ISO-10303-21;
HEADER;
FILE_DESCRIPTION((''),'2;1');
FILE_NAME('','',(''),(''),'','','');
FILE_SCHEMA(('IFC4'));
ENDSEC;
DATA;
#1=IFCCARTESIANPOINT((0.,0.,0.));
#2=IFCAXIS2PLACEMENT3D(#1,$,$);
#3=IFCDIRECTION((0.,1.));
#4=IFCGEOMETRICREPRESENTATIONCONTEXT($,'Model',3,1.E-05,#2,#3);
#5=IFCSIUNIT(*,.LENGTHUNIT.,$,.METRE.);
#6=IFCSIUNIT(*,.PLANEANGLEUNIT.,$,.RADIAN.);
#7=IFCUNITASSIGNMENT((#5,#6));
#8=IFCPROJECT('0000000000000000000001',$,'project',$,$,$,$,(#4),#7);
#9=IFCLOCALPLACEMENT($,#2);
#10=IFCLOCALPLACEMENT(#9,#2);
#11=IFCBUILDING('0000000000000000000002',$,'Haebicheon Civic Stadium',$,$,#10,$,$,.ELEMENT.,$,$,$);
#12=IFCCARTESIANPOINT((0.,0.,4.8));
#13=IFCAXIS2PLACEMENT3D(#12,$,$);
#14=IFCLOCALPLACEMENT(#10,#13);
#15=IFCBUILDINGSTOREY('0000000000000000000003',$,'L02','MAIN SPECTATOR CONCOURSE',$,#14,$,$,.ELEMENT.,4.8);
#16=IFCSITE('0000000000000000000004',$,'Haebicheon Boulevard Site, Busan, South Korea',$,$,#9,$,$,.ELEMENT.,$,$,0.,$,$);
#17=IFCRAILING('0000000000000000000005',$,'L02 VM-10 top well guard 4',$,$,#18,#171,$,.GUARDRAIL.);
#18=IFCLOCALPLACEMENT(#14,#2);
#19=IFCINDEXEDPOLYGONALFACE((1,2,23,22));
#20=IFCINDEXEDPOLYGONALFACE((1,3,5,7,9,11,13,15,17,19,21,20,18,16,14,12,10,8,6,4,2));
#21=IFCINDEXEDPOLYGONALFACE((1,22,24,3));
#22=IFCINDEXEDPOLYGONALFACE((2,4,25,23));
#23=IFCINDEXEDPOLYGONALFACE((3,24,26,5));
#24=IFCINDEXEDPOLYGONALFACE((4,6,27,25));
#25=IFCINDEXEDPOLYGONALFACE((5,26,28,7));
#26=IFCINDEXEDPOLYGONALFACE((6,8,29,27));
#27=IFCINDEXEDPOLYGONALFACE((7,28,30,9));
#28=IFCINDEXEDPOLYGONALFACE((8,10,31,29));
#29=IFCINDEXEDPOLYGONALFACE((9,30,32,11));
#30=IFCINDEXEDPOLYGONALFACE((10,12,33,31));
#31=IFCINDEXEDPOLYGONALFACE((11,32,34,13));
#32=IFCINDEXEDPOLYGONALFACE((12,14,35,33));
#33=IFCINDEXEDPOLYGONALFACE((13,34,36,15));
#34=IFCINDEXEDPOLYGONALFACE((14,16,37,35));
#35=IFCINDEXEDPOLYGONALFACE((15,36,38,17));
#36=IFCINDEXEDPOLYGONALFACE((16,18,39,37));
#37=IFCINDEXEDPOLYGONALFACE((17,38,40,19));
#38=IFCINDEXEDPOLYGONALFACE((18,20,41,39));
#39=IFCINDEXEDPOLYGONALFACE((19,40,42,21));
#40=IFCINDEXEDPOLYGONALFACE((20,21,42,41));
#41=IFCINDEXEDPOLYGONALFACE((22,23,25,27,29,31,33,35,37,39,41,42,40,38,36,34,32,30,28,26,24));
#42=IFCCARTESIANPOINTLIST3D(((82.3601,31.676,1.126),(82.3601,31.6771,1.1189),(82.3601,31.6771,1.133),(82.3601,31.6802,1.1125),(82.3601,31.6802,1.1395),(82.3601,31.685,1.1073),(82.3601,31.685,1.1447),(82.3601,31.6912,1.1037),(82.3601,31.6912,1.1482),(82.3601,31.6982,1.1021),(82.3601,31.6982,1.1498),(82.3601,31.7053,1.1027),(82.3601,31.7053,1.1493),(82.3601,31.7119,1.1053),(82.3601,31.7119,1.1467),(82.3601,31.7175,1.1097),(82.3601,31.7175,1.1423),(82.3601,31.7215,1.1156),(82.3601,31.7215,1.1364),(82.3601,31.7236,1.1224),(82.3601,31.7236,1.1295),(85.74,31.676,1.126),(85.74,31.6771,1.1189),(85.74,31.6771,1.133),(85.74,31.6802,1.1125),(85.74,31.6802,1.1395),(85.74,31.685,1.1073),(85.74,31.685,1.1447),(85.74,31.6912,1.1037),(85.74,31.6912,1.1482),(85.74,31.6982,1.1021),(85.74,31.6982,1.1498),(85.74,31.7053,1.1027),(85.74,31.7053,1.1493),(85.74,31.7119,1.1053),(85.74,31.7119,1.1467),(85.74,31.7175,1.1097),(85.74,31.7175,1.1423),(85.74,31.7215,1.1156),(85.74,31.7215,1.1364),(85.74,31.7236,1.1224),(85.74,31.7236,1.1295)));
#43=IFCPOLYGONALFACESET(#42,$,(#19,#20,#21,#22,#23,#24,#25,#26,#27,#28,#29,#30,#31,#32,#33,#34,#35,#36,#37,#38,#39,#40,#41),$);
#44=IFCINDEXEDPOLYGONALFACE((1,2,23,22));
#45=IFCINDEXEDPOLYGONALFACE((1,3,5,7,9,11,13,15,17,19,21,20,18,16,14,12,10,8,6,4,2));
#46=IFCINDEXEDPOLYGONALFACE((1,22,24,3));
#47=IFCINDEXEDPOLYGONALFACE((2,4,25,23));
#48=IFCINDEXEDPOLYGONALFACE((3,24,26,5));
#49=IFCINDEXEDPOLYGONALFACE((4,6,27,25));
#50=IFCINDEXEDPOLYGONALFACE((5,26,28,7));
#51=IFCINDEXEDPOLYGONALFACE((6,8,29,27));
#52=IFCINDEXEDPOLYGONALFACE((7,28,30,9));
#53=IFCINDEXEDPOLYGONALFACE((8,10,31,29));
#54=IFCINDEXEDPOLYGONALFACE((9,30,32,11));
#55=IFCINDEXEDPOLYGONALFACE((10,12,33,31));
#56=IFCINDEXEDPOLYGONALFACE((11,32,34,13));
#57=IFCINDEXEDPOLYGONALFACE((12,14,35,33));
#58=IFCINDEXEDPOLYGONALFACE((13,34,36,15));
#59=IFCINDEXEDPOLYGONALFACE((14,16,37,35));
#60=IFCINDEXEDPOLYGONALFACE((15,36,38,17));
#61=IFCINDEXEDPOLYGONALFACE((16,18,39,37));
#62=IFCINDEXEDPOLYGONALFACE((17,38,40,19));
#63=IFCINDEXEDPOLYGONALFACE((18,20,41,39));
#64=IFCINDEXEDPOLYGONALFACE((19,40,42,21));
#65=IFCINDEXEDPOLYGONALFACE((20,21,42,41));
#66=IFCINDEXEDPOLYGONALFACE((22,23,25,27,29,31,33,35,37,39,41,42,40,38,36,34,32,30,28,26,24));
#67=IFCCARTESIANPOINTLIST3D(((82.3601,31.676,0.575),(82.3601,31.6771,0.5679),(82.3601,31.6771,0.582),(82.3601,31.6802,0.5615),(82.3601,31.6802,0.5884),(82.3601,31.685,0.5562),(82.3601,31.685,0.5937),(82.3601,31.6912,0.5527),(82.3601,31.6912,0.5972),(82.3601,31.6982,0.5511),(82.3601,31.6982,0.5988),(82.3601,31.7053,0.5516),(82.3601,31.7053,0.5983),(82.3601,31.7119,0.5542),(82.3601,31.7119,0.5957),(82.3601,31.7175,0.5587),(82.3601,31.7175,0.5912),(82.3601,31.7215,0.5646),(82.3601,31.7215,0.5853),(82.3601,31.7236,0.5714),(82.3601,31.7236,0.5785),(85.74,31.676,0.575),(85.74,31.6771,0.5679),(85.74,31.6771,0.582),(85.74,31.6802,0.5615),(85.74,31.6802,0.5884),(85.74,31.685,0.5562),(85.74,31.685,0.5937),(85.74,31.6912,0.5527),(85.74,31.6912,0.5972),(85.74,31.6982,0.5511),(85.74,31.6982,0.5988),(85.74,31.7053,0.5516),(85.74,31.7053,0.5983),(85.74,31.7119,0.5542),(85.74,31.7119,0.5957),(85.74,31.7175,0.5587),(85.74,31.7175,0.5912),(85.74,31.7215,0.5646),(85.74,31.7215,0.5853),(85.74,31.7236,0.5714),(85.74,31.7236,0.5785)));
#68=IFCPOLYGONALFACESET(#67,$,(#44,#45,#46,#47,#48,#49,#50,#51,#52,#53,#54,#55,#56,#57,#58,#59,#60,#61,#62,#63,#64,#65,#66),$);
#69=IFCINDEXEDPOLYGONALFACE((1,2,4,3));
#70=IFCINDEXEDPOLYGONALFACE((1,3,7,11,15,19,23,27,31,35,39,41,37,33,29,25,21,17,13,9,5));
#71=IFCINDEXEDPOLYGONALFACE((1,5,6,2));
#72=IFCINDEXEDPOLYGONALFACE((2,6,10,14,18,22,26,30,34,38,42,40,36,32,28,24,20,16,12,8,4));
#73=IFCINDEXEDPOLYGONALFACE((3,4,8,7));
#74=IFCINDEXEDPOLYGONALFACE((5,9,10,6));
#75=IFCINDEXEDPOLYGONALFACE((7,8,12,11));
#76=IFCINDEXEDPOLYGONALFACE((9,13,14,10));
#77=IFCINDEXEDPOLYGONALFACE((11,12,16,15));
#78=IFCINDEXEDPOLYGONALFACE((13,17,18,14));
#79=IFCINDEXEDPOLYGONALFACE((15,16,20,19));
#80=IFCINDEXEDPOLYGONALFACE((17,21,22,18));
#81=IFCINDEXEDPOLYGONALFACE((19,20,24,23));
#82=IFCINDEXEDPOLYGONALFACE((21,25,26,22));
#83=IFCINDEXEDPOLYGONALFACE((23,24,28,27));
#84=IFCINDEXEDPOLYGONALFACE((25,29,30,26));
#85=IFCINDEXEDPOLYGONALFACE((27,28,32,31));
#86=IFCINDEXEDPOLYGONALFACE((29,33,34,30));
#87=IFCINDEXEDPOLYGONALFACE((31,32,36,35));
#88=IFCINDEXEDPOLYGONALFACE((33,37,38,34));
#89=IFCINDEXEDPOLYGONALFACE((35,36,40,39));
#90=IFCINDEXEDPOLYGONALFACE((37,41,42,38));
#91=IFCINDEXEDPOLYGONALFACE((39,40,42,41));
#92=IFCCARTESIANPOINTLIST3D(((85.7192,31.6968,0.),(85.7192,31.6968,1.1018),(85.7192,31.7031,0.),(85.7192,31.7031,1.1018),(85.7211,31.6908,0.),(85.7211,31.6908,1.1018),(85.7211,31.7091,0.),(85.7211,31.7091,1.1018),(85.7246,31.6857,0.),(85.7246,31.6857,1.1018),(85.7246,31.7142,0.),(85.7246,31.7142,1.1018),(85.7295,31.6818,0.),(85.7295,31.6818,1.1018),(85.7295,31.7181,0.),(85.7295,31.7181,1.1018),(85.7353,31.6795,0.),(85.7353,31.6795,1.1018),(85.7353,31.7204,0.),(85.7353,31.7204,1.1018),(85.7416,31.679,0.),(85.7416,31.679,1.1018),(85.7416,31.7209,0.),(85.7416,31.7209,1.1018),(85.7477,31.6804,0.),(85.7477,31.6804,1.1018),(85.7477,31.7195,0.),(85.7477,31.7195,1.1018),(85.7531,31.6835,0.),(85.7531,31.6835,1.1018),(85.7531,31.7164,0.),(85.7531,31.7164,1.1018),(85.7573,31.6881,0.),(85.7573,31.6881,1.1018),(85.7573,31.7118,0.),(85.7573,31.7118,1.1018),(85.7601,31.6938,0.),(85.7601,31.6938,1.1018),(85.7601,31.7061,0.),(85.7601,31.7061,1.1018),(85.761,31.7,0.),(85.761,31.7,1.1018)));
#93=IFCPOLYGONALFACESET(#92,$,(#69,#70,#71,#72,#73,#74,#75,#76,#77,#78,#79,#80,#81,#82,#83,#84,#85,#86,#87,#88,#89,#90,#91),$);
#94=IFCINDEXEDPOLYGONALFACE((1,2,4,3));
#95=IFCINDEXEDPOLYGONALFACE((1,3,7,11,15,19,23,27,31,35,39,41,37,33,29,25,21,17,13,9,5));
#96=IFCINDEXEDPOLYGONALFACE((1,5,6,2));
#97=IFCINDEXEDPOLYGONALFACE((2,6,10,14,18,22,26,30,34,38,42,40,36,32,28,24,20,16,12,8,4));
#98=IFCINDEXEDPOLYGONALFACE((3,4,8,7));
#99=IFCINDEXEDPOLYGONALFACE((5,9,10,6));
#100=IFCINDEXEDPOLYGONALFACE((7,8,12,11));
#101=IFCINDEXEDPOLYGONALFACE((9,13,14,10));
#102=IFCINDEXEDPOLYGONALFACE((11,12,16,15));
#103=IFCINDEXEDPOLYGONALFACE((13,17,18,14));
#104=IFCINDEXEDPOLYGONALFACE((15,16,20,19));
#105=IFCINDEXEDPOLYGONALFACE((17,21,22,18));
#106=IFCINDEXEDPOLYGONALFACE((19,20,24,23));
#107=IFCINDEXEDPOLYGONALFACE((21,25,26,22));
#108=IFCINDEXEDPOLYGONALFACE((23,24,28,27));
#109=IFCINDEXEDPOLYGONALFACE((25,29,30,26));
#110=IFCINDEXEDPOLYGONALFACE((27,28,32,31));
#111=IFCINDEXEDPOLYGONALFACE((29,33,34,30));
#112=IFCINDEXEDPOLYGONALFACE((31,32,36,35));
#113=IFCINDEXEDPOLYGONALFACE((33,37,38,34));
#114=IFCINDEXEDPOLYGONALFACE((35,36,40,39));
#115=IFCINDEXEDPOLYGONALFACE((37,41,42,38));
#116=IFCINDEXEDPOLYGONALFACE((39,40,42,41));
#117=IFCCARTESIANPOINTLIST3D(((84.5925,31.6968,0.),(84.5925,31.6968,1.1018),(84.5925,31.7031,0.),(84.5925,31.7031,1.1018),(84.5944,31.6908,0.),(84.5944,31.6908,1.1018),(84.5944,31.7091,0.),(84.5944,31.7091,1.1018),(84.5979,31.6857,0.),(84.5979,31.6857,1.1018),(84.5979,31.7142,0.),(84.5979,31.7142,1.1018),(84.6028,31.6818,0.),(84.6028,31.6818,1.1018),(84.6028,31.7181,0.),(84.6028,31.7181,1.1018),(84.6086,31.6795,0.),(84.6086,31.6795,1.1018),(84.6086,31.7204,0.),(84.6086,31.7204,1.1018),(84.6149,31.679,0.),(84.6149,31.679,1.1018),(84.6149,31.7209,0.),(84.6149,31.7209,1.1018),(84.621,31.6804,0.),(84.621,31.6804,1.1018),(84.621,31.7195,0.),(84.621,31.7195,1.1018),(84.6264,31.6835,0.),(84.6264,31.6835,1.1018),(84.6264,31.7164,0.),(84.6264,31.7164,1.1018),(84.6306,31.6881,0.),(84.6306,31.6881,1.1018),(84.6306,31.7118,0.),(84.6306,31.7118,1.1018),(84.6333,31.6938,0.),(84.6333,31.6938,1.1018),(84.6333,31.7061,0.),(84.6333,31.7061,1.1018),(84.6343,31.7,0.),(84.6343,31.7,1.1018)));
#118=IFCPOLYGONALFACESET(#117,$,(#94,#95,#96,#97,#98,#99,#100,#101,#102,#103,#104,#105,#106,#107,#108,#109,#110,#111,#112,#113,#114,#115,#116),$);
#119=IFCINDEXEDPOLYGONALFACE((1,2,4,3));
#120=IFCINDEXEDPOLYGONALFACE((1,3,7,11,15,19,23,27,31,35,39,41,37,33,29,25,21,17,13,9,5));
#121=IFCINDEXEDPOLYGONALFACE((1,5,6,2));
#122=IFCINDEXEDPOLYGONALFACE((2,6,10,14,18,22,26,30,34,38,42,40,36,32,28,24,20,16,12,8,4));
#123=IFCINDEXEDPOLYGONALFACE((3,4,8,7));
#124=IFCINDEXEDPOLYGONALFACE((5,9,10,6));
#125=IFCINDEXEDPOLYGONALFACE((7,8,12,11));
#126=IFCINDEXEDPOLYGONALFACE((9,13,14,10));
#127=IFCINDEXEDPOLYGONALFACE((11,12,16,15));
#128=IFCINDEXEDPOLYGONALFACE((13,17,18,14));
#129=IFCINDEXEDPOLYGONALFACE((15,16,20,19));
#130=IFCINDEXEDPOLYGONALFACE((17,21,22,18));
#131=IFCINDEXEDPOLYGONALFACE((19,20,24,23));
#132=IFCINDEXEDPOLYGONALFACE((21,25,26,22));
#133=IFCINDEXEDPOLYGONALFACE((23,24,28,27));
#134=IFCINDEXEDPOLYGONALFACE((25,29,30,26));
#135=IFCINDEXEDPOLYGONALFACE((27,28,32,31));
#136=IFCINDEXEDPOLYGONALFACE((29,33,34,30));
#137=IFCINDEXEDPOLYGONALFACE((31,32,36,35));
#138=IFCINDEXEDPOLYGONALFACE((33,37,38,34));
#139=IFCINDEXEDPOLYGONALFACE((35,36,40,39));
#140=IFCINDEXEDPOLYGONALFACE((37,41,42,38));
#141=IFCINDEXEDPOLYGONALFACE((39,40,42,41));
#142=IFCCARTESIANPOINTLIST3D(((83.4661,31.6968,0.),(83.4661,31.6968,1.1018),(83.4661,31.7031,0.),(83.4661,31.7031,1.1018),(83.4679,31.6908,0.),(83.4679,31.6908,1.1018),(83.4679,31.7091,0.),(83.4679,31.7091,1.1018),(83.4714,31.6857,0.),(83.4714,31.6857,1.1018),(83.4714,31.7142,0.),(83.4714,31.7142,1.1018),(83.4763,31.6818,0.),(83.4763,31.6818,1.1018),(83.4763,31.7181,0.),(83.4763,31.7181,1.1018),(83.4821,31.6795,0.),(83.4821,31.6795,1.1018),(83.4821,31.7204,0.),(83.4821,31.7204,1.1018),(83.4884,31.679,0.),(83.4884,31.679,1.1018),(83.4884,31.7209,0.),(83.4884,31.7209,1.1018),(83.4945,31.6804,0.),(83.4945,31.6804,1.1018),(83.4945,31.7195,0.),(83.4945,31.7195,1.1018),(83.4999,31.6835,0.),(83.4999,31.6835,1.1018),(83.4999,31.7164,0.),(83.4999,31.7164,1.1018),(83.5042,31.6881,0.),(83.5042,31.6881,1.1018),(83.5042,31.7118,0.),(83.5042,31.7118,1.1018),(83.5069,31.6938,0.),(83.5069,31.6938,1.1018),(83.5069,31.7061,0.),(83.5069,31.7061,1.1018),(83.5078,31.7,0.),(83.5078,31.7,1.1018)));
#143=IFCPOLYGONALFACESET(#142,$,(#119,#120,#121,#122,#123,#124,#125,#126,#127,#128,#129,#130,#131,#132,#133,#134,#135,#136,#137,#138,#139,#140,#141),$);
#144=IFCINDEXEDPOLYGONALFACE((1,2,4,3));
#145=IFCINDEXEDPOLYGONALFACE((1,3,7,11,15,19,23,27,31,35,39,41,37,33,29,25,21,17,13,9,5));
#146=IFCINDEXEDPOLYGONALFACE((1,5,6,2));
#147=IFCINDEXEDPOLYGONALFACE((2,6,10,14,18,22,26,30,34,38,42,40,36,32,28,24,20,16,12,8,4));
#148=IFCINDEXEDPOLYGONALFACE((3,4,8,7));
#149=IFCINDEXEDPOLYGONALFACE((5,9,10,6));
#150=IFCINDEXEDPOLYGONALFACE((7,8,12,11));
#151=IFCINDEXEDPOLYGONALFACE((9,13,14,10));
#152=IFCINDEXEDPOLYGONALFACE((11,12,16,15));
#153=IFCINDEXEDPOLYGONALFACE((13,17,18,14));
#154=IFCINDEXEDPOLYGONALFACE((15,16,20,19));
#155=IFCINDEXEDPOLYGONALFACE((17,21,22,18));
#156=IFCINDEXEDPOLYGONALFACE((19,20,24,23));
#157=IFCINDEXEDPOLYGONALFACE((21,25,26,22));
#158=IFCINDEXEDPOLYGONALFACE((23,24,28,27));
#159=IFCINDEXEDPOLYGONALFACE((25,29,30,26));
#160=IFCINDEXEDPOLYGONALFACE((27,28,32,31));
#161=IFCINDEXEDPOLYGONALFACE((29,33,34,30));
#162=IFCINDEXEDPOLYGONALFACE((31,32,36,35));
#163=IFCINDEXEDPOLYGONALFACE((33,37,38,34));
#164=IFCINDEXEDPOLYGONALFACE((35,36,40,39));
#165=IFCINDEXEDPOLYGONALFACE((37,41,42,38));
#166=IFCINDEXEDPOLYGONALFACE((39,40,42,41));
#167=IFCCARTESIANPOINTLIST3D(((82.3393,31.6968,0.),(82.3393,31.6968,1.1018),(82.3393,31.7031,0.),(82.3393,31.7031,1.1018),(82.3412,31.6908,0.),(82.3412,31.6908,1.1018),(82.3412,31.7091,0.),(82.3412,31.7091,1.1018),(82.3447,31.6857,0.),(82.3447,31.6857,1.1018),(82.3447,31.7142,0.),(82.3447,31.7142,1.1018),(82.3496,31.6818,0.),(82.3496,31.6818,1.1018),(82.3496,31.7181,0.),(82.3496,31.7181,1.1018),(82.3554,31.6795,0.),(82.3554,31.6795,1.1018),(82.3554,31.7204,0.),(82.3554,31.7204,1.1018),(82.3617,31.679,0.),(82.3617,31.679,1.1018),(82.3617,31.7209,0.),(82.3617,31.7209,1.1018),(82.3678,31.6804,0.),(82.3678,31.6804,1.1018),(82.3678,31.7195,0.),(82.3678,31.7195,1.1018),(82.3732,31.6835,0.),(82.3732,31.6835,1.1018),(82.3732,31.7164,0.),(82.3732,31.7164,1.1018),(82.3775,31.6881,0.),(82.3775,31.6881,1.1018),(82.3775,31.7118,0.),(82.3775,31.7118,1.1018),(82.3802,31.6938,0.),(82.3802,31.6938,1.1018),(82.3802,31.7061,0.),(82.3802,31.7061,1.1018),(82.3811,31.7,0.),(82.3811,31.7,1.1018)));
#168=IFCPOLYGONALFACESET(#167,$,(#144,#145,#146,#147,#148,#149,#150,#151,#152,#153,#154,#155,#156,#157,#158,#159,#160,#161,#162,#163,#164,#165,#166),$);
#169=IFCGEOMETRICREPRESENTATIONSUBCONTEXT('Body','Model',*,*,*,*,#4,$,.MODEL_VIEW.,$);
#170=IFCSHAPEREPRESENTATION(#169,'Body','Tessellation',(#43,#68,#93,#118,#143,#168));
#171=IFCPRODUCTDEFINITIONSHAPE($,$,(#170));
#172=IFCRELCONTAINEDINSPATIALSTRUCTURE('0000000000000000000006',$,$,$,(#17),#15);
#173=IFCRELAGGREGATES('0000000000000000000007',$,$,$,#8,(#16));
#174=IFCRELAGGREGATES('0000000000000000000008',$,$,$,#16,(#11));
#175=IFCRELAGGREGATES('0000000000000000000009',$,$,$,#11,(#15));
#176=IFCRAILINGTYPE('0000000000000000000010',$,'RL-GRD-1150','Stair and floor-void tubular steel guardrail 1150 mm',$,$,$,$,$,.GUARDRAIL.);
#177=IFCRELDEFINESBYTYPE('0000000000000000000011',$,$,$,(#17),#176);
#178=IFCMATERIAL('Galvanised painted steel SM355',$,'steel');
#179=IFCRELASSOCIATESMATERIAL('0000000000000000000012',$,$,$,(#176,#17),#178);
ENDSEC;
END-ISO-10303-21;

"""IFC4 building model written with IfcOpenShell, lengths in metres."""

from ifc_helpers import new_model, si_unit, direction, frame, origin, origin_2d, place, context, subcontext, project, spatial, circle, extrude, material, type_object, element, save


model = new_model("IFC4")

# Units and contexts
model_context = context("Model", 3, precision=1e-05, world=origin(), true_north=direction((0.0, 1.0)))
body_context = subcontext(model_context, "Body", "Model", "MODEL_VIEW")
ifc_project = project(units=[si_unit("LENGTHUNIT", "METRE"), si_unit("PLANEANGLEUNIT", "RADIAN")], contexts=[model_context])

# Site, building, storey
site_placement = place(None, origin())
site = spatial("IfcSite", under=ifc_project, at=site_placement, Name="Haebicheon Boulevard Site, Busan, South Korea", CompositionType="ELEMENT", RefElevation=0.0)
building_placement = place(site_placement, origin())
building = spatial("IfcBuilding", under=site, at=building_placement, Name="Haebicheon Civic Stadium", CompositionType="ELEMENT")
storey_placement = place(building_placement, frame((0.0, 0.0, 4.8)))
storey = spatial("IfcBuildingStorey", under=building, at=storey_placement, Name="L02", Description="MAIN SPECTATOR CONCOURSE", CompositionType="ELEMENT", Elevation=4.8)

# Railing
ifc_material_1 = material(Name="Galvanised painted steel SM355", Category="steel")
railing_type_1 = type_object("IfcRailingType", Name="RL-GRD-1150", Description="Stair and floor-void tubular steel guardrail 1150 mm", PredefinedType="GUARDRAIL", material=ifc_material_1)
railing_1_placement = place(storey_placement, frame((85.74, 31.7, 0.0)))
element("IfcRailing", 1, at=railing_1_placement, inside=storey, type_object=railing_type_1, material=ifc_material_1, Name="L02 VM-10 top well guard 4", PredefinedType="GUARDRAIL", context=body_context, shape_type="SweptSolid", body=[
    extrude(circle(Radius=0.0239, at=origin_2d()), frame((0.0, 0.0, 1.126), z_axis=(-1.0, 0.0, 0.0), x_axis=(0.0, -1.0, 0.0)), (0.0, 0.0, 1.0), 3.3799),
    extrude(circle(Radius=0.0239, at=origin_2d()), frame((0.0, 0.0, 0.575), z_axis=(-1.0, 0.0, 0.0), x_axis=(0.0, -1.0, 0.0)), (0.0, 0.0, 1.0), 3.3799),
    extrude(circle(Radius=0.021, at=origin_2d()), origin(), (0.0, 0.0, 1.0), 1.1018),
    extrude(circle(Radius=0.021, at=origin_2d()), frame((-1.1267, 0.0, 0.0)), (0.0, 0.0, 1.0), 1.1018),
    extrude(circle(Radius=0.021, at=origin_2d()), frame((-2.2532, 0.0, 0.0)), (0.0, 0.0, 1.0), 1.1018),
    extrude(circle(Radius=0.021, at=origin_2d()), frame((-3.3799, 0.0, 0.0)), (0.0, 0.0, 1.0), 1.1018),
])

save(model, "model.ifc")
